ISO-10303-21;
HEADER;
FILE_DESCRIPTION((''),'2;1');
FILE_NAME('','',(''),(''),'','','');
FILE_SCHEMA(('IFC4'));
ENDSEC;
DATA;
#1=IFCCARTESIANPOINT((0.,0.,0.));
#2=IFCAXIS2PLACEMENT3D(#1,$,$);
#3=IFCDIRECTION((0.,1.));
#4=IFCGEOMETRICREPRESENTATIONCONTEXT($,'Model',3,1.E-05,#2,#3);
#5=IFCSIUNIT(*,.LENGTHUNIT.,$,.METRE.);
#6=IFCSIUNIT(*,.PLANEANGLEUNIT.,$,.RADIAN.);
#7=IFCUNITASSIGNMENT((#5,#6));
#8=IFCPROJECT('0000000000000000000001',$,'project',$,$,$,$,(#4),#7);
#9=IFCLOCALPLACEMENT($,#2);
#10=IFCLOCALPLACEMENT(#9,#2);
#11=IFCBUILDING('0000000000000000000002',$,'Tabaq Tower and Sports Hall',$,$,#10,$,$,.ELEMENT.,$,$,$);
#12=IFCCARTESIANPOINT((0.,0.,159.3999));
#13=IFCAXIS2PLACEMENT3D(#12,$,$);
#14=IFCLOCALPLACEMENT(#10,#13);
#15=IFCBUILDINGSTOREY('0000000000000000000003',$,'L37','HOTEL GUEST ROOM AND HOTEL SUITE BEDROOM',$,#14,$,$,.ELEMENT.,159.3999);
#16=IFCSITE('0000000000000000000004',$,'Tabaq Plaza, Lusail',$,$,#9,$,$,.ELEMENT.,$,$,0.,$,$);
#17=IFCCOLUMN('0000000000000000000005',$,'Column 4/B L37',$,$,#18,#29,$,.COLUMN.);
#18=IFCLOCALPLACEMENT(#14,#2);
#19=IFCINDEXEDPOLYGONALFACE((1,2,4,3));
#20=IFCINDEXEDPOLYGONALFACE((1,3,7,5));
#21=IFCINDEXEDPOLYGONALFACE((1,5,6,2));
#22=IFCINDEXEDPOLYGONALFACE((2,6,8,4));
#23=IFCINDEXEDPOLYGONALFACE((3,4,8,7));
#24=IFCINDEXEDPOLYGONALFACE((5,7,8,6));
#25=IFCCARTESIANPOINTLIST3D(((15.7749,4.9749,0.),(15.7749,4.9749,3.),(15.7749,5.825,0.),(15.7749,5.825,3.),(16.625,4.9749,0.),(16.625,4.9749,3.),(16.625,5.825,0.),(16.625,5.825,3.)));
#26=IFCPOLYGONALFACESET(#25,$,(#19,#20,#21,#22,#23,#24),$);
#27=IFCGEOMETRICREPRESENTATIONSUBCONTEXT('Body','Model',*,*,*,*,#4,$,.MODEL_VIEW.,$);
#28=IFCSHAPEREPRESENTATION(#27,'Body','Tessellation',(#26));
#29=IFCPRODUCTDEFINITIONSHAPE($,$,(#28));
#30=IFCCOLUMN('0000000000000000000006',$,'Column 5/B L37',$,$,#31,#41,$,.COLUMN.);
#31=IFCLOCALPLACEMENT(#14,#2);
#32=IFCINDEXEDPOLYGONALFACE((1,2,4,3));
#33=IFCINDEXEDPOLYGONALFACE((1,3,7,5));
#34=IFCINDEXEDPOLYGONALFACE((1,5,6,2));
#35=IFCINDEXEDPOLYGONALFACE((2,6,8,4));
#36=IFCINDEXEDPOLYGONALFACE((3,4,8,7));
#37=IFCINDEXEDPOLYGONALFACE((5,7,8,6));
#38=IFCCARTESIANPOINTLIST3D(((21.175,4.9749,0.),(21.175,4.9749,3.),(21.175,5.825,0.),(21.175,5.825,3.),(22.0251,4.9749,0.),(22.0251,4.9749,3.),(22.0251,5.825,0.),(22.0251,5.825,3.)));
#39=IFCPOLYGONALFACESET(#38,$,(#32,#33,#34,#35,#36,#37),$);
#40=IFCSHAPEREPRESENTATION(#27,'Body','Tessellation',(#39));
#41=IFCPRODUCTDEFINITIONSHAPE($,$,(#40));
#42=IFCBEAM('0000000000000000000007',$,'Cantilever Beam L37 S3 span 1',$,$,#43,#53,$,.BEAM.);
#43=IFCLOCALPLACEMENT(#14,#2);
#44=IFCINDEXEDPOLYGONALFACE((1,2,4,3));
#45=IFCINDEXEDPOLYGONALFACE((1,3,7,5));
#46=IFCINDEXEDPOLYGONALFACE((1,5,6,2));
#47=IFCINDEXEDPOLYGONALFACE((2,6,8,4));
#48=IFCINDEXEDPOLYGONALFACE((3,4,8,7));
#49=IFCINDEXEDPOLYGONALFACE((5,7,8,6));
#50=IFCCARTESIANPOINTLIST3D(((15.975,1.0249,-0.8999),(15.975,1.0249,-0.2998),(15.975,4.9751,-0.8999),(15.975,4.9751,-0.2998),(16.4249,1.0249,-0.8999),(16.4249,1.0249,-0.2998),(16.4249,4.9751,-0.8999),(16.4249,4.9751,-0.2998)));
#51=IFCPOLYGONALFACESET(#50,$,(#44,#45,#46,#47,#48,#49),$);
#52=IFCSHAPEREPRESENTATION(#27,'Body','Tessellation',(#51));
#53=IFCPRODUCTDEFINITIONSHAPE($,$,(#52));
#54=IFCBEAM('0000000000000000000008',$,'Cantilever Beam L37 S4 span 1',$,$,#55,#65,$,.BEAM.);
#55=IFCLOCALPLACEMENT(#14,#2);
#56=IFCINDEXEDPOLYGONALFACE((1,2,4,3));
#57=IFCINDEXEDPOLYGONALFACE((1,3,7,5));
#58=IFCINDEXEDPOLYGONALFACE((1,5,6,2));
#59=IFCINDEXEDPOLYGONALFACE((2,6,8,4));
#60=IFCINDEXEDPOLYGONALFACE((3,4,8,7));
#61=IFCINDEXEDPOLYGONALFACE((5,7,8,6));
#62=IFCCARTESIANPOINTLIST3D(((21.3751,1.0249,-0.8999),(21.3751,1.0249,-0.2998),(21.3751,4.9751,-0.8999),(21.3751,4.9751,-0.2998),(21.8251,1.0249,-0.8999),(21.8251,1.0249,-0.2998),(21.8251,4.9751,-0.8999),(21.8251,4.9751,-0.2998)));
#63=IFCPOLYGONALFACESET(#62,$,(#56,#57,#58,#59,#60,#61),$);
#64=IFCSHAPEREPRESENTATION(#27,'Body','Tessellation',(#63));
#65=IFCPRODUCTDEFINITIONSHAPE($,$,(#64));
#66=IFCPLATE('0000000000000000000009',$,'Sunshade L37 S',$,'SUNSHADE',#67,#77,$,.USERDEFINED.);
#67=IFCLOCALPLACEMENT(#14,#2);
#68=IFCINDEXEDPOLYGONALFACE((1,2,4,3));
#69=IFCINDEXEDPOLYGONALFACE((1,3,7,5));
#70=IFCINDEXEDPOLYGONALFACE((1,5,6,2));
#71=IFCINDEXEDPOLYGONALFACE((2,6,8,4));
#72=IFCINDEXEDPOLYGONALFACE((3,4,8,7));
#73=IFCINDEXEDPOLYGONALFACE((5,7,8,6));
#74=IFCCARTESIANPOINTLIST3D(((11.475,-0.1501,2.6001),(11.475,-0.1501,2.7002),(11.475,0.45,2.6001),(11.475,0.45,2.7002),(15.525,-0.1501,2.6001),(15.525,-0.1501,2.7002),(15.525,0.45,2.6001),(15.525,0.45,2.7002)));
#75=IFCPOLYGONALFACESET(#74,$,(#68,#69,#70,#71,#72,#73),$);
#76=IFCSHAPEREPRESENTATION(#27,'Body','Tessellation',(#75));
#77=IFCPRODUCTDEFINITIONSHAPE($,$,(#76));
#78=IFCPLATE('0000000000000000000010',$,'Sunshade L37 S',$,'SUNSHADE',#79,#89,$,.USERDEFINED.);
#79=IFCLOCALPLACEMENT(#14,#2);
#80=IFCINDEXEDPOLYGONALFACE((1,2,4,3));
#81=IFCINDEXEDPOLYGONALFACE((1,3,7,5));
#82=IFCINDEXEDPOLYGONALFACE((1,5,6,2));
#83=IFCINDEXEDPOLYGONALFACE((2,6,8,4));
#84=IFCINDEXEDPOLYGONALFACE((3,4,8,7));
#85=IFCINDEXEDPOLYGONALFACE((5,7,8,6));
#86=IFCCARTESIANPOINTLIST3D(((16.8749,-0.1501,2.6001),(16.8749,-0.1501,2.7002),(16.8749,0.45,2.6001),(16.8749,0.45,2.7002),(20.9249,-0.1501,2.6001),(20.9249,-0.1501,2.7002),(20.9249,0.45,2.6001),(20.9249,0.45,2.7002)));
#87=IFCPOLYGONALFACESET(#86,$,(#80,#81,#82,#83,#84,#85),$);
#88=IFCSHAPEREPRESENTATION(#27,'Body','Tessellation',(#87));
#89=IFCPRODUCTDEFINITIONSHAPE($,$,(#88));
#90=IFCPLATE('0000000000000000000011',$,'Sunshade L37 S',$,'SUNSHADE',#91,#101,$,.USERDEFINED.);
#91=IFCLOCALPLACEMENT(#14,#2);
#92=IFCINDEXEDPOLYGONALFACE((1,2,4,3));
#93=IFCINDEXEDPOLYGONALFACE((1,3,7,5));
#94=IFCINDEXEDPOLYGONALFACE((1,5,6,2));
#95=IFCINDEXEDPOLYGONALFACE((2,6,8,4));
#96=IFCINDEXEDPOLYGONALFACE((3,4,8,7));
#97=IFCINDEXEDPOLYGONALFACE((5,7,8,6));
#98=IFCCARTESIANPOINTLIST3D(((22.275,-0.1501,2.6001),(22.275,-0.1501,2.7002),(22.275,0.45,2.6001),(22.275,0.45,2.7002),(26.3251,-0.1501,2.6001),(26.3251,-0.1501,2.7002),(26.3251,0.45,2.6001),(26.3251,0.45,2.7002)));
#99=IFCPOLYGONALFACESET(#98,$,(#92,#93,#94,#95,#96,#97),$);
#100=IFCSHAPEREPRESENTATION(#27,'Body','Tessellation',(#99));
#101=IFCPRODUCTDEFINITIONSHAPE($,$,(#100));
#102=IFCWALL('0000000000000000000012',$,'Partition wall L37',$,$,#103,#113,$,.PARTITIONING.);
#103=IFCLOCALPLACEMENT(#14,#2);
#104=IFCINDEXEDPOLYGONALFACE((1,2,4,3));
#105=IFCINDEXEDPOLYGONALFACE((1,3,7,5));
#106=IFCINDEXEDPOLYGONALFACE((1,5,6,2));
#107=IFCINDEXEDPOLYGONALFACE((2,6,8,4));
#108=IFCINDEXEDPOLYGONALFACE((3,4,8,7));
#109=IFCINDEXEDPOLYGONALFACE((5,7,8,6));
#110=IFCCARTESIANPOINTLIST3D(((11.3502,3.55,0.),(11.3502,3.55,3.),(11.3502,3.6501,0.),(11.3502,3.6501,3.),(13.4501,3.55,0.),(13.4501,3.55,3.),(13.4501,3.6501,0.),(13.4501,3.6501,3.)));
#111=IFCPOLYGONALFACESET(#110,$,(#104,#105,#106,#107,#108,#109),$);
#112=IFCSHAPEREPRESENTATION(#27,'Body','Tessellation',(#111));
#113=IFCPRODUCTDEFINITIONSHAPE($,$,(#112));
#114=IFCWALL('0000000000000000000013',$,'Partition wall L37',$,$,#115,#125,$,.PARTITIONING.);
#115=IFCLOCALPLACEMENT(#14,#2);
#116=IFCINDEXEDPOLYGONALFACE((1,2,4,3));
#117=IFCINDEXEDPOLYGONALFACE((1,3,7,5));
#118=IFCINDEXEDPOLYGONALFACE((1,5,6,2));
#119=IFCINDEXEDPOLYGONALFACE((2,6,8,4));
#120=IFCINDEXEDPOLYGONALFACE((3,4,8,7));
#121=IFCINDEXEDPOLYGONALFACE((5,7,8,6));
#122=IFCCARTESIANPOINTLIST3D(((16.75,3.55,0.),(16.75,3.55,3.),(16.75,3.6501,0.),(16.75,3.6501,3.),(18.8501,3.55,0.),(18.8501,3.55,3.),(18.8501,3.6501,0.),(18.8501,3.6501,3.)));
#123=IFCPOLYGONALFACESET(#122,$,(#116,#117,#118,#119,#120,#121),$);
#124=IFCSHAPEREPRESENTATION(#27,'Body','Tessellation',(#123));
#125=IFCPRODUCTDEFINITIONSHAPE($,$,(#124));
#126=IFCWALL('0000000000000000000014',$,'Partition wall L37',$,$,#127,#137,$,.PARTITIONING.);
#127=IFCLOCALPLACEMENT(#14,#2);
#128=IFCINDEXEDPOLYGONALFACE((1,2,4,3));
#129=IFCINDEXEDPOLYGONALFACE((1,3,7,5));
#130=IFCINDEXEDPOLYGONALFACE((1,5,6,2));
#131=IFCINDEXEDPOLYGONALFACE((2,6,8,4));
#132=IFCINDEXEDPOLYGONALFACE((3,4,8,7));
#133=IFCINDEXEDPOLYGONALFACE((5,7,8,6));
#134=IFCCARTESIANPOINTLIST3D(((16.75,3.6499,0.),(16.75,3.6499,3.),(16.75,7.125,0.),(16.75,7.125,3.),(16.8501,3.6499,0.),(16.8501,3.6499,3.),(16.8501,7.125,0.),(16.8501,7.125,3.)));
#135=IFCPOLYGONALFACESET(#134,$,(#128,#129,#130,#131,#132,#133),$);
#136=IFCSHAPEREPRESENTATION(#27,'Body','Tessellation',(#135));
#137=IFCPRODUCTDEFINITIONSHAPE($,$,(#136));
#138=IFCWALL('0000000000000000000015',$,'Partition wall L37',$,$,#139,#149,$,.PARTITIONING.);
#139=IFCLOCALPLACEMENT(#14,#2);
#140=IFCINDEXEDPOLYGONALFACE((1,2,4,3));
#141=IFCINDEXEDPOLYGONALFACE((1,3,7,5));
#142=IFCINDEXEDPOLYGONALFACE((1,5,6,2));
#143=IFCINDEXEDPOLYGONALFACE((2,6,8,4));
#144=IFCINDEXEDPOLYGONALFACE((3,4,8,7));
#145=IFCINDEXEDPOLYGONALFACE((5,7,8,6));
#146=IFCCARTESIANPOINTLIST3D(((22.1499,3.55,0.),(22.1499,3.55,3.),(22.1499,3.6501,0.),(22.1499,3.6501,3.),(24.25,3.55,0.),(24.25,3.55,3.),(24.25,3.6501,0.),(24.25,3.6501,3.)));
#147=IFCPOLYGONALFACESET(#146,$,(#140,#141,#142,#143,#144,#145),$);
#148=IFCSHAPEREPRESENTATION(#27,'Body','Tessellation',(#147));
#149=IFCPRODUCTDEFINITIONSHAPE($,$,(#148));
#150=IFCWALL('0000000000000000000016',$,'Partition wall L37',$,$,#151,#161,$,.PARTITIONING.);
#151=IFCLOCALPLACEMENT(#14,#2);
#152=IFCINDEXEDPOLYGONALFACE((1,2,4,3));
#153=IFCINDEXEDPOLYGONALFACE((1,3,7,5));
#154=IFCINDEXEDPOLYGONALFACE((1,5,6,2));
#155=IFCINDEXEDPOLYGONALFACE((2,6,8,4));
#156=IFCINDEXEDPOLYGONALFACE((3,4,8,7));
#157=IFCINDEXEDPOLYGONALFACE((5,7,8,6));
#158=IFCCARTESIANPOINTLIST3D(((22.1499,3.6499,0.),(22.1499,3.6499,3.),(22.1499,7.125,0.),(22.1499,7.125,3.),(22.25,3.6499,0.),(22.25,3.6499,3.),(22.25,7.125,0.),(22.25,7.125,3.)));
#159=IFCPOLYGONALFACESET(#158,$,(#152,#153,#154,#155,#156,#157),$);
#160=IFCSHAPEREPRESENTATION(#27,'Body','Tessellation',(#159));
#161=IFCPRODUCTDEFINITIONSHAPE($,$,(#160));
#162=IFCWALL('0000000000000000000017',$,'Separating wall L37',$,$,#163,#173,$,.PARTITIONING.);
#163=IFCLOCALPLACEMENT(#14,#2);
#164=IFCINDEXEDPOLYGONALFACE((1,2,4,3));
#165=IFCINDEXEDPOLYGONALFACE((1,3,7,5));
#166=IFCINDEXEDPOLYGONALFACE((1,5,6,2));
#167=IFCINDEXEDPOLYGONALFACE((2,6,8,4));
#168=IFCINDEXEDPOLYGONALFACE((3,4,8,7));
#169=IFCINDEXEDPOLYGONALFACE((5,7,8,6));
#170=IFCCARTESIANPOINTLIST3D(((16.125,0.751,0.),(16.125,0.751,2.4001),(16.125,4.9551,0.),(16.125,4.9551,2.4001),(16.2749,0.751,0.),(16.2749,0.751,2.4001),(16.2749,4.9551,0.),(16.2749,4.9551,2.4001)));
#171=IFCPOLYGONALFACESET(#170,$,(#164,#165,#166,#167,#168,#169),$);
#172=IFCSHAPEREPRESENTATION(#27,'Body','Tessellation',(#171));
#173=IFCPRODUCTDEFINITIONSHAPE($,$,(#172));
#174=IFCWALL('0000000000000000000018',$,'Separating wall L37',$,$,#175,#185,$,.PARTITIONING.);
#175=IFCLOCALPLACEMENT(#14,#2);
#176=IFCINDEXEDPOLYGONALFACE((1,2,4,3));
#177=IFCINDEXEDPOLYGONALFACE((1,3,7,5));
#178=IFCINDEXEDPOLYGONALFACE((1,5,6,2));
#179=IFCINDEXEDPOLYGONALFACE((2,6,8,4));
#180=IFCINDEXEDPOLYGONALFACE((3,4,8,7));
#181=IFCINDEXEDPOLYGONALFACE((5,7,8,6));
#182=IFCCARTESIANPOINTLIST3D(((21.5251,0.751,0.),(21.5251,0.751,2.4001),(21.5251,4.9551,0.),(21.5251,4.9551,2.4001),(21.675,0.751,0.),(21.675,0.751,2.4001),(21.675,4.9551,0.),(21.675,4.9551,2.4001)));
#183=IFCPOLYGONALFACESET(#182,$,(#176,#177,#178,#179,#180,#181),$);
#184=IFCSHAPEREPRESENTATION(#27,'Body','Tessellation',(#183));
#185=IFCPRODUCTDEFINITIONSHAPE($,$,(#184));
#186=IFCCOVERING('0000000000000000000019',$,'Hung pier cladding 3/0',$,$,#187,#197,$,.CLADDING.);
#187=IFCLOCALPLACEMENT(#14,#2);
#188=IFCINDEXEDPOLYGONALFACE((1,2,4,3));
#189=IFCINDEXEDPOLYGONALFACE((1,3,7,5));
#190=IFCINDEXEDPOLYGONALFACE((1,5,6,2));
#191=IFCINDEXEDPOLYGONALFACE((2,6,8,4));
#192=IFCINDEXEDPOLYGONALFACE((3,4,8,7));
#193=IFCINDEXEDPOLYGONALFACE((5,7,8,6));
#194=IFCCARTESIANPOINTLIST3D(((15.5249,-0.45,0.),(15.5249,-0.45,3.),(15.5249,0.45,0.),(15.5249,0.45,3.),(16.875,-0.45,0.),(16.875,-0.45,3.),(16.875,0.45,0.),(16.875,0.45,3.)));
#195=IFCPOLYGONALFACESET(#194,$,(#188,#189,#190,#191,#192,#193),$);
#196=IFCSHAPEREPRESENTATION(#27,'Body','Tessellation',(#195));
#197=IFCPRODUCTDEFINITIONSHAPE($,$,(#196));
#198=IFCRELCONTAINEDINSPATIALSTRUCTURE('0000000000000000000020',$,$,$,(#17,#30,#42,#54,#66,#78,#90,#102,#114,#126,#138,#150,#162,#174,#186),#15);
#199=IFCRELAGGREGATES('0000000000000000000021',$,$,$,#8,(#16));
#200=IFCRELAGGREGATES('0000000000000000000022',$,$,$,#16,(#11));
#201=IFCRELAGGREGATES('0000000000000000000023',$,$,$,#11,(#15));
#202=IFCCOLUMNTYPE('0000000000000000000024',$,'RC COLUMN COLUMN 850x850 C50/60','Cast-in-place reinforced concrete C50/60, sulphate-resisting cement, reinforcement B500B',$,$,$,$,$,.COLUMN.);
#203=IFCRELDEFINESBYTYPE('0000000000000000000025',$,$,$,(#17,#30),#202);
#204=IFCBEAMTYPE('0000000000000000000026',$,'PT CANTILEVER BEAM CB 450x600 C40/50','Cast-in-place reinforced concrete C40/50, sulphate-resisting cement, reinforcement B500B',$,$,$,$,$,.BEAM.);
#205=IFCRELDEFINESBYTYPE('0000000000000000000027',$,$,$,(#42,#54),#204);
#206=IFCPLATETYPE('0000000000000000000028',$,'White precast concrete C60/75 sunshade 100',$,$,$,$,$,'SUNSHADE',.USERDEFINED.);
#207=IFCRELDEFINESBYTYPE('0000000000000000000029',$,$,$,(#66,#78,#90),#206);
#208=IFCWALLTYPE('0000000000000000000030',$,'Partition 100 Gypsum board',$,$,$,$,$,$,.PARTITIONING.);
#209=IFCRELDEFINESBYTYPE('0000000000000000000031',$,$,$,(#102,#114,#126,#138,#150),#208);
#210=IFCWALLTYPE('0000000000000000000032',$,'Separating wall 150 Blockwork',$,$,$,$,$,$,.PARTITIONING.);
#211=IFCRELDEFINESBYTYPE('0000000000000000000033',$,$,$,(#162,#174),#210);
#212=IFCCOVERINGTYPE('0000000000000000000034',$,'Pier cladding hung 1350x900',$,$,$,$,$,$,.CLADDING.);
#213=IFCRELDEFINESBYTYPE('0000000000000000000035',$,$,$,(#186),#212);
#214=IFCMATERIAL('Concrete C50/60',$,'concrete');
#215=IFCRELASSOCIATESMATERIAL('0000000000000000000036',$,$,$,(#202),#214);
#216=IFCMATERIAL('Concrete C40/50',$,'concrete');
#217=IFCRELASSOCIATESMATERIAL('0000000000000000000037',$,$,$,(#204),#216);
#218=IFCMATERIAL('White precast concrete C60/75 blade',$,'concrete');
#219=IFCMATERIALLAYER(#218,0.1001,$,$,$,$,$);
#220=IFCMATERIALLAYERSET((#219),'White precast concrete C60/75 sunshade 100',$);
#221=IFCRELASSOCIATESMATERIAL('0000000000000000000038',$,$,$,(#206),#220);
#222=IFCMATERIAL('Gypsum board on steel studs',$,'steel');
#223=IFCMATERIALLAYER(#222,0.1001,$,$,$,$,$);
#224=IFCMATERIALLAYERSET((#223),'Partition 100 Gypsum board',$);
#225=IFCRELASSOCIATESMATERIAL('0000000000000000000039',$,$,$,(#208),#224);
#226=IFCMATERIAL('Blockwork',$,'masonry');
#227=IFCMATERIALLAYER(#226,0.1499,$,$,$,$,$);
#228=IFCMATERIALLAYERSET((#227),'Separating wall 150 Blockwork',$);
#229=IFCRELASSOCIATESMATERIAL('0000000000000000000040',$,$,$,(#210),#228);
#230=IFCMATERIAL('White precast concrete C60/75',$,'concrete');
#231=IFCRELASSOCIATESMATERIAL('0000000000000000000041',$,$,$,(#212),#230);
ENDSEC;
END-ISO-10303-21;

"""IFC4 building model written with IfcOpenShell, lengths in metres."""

from ifc_helpers import new_model, si_unit, direction, frame, frame_2d, origin, origin_2d, place, context, subcontext, project, spatial, rectangle, extrude, material, layer, layer_set, material_profile, profile_set, type_object, element, save


model = new_model("IFC4")

# Units and contexts
model_context = context("Model", 3, precision=1e-05, world=origin(), true_north=direction((0.0, 1.0)))
body_context = subcontext(model_context, "Body", "Model", "MODEL_VIEW")
ifc_project = project(units=[si_unit("LENGTHUNIT", "METRE"), si_unit("PLANEANGLEUNIT", "RADIAN")], contexts=[model_context])

# Site, building, storey
site_placement = place(None, origin())
site = spatial("IfcSite", under=ifc_project, at=site_placement, Name="Tabaq Plaza, Lusail", CompositionType="ELEMENT", RefElevation=0.0)
building_placement = place(site_placement, origin())
building = spatial("IfcBuilding", under=site, at=building_placement, Name="Tabaq Tower and Sports Hall", CompositionType="ELEMENT")
storey_placement = place(building_placement, frame((0.0, 0.0, 159.3999)))
storey = spatial("IfcBuildingStorey", under=building, at=storey_placement, Name="L37", Description="HOTEL GUEST ROOM AND HOTEL SUITE BEDROOM", CompositionType="ELEMENT", Elevation=159.3999)

# Columns
ifc_material_1 = material(Name="Concrete C50/60", Category="concrete")
ifc_material_profile_1 = material_profile(ifc_material_1, rectangle(XDim=0.8501, YDim=0.8501, at=origin_2d()), Name="COLUMN 850x850")
ifc_profile_set_1 = profile_set([ifc_material_profile_1], Name="Concrete C50/60")
column_type = type_object("IfcColumnType", Name="RC COLUMN COLUMN 850x850 C50/60", Description="Cast-in-place reinforced concrete C50/60, sulphate-resisting cement, reinforcement B500B", PredefinedType="COLUMN", material=ifc_profile_set_1)
for number, where, z_axis, x_axis, name in (
    (1, (16.2, 5.3999, 0.0), (0.0, 0.0, 1.0), (1.0, 0.0, 0.0), "Column 4/B L37"),
    (2, (21.6001, 5.3999, 0.0), (0.0, 0.0, 1.0), (1.0, 0.0, 0.0), "Column 5/B L37"),
):
    element("IfcColumn", number, at=place(storey_placement, frame(where, z_axis=z_axis, x_axis=x_axis)), inside=storey, type_object=column_type, Name=name, PredefinedType="COLUMN", context=body_context, shape_type="SweptSolid", body=[
        extrude(rectangle(XDim=0.8501, YDim=0.8501, at=origin_2d()), origin(), (0.0, 0.0, 1.0), 3.0),
    ])

# Beams
ifc_material_2 = material(Name="Concrete C40/50", Category="concrete")
ifc_material_profile_2 = material_profile(ifc_material_2, rectangle(XDim=0.45, YDim=0.6001, at=origin_2d()), Name="CB 450x600")
ifc_profile_set_2 = profile_set([ifc_material_profile_2], Name="Concrete C40/50")
beam_type = type_object("IfcBeamType", Name="PT CANTILEVER BEAM CB 450x600 C40/50", Description="Cast-in-place reinforced concrete C40/50, sulphate-resisting cement, reinforcement B500B", PredefinedType="BEAM", material=ifc_profile_set_2)
for number, where, z_axis, x_axis, name in (
    (3, (16.2, 1.0249, -0.5999), (0.0, 1.0, 0.0), (-1.0, 0.0, 0.0), "Cantilever Beam L37 S3 span 1"),
    (4, (21.6001, 1.0249, -0.5999), (0.0, 1.0, 0.0), (-1.0, 0.0, 0.0), "Cantilever Beam L37 S4 span 1"),
):
    element("IfcBeam", number, at=place(storey_placement, frame(where, z_axis=z_axis, x_axis=x_axis)), inside=storey, type_object=beam_type, Name=name, PredefinedType="BEAM", context=body_context, shape_type="SweptSolid", body=[
        extrude(rectangle(XDim=0.45, YDim=0.6001, at=origin_2d()), origin(), (0.0, 0.0, 1.0), 3.9502),
    ])

# Plates
ifc_material_3 = material(Name="White precast concrete C60/75 blade", Category="concrete")
ifc_layer_1 = layer(ifc_material_3, 0.1001)
ifc_layer_set_1 = layer_set([ifc_layer_1], Name="White precast concrete C60/75 sunshade 100")
plate_type = type_object("IfcPlateType", Name="White precast concrete C60/75 sunshade 100", ElementType="SUNSHADE", PredefinedType="USERDEFINED", material=ifc_layer_set_1)
for number, where, z_axis, x_axis, name in (
    (5, (13.5, 0.1499, 2.6001), (0.0, 0.0, 1.0), (1.0, 0.0, 0.0), "Sunshade L37 S"),
    (6, (18.8999, 0.1499, 2.6001), (0.0, 0.0, 1.0), (1.0, 0.0, 0.0), "Sunshade L37 S"),
    (7, (24.3, 0.1499, 2.6001), (0.0, 0.0, 1.0), (1.0, 0.0, 0.0), "Sunshade L37 S"),
):
    element("IfcPlate", number, at=place(storey_placement, frame(where, z_axis=z_axis, x_axis=x_axis)), inside=storey, type_object=plate_type, Name=name, ObjectType="SUNSHADE", PredefinedType="USERDEFINED", context=body_context, shape_type="SweptSolid", body=[
        extrude(rectangle(XDim=4.05, YDim=0.6001, at=origin_2d()), origin(), (0.0, 0.0, 1.0), 0.1001),
    ])

# Walls
ifc_material_4 = material(Name="Gypsum board on steel studs", Category="steel")
ifc_layer_2 = layer(ifc_material_4, 0.1001)
ifc_layer_set_2 = layer_set([ifc_layer_2], Name="Partition 100 Gypsum board")
wall_type_1 = type_object("IfcWallType", Name="Partition 100 Gypsum board", PredefinedType="PARTITIONING", material=ifc_layer_set_2)
wall_1_placement = place(storey_placement, frame((13.45, 3.6001, 0.0), z_axis=(0.0, 0.0, 1.0), x_axis=(-1.0, 0.0, 0.0)))
element("IfcWall", 8, at=wall_1_placement, inside=storey, type_object=wall_type_1, Name="Partition wall L37", PredefinedType="PARTITIONING", context=body_context, shape_type="SweptSolid", body=[
    extrude(rectangle(XDim=2.0999, YDim=0.1001, at=frame_2d((1.0498, 0.0))), origin(), (0.0, 0.0, 1.0), 3.0),
])
wall_2_placement = place(storey_placement, frame((18.8501, 3.6001, 0.0), z_axis=(0.0, 0.0, 1.0), x_axis=(-1.0, 0.0, 0.0)))
element("IfcWall", 9, at=wall_2_placement, inside=storey, type_object=wall_type_1, Name="Partition wall L37", PredefinedType="PARTITIONING", context=body_context, shape_type="SweptSolid", body=[
    extrude(rectangle(XDim=2.1001, YDim=0.1001, at=frame_2d((1.05, 0.0))), origin(), (0.0, 0.0, 1.0), 3.0),
])
wall_3_placement = place(storey_placement, frame((16.8, 3.6499, 0.0), z_axis=(0.0, 0.0, 1.0), x_axis=(0.0, 1.0, 0.0)))
element("IfcWall", 10, at=wall_3_placement, inside=storey, type_object=wall_type_1, Name="Partition wall L37", PredefinedType="PARTITIONING", context=body_context, shape_type="SweptSolid", body=[
    extrude(rectangle(XDim=3.4751, YDim=0.1001, at=frame_2d((1.7375, 0.0))), origin(), (0.0, 0.0, 1.0), 3.0),
])
wall_4_placement = place(storey_placement, frame((24.25, 3.6001, 0.0), z_axis=(0.0, 0.0, 1.0), x_axis=(-1.0, 0.0, 0.0)))
element("IfcWall", 11, at=wall_4_placement, inside=storey, type_object=wall_type_1, Name="Partition wall L37", PredefinedType="PARTITIONING", context=body_context, shape_type="SweptSolid", body=[
    extrude(rectangle(XDim=2.1001, YDim=0.1001, at=frame_2d((1.05, 0.0))), origin(), (0.0, 0.0, 1.0), 3.0),
])
wall_5_placement = place(storey_placement, frame((22.2, 3.6499, 0.0), z_axis=(0.0, 0.0, 1.0), x_axis=(0.0, 1.0, 0.0)))
element("IfcWall", 12, at=wall_5_placement, inside=storey, type_object=wall_type_1, Name="Partition wall L37", PredefinedType="PARTITIONING", context=body_context, shape_type="SweptSolid", body=[
    extrude(rectangle(XDim=3.4751, YDim=0.1001, at=frame_2d((1.7375, 0.0))), origin(), (0.0, 0.0, 1.0), 3.0),
])
ifc_material_5 = material(Name="Blockwork", Category="masonry")
ifc_layer_3 = layer(ifc_material_5, 0.1499)
ifc_layer_set_3 = layer_set([ifc_layer_3], Name="Separating wall 150 Blockwork")
wall_type_2 = type_object("IfcWallType", Name="Separating wall 150 Blockwork", PredefinedType="PARTITIONING", material=ifc_layer_set_3)
for number, where, z_axis, x_axis, name in (
    (13, (16.2, 0.751, 0.0), (0.0, 0.0, 1.0), (0.0, 1.0, 0.0), "Separating wall L37"),
    (14, (21.6001, 0.751, 0.0), (0.0, 0.0, 1.0), (0.0, 1.0, 0.0), "Separating wall L37"),
):
    element("IfcWall", number, at=place(storey_placement, frame(where, z_axis=z_axis, x_axis=x_axis)), inside=storey, type_object=wall_type_2, Name=name, PredefinedType="PARTITIONING", context=body_context, shape_type="SweptSolid", body=[
        extrude(rectangle(XDim=4.2041, YDim=0.1499, at=frame_2d((2.1021, 0.0))), origin(), (0.0, 0.0, 1.0), 2.4001),
    ])

# Covering
ifc_material_6 = material(Name="White precast concrete C60/75", Category="concrete")
covering_type_1 = type_object("IfcCoveringType", Name="Pier cladding hung 1350x900", PredefinedType="CLADDING", material=ifc_material_6)
covering_1_placement = place(storey_placement, frame((15.5249, 0.0, 0.0), z_axis=(0.0, 0.0, 1.0), x_axis=(1.0, 0.0, 0.0)))
element("IfcCovering", 15, at=covering_1_placement, inside=storey, type_object=covering_type_1, Name="Hung pier cladding 3/0", PredefinedType="CLADDING", context=body_context, shape_type="SweptSolid", body=[
    extrude(rectangle(XDim=1.3501, YDim=0.8999, at=frame_2d((0.675, 0.0))), origin(), (0.0, 0.0, 1.0), 3.0),
])

save(model, "model.ifc")
